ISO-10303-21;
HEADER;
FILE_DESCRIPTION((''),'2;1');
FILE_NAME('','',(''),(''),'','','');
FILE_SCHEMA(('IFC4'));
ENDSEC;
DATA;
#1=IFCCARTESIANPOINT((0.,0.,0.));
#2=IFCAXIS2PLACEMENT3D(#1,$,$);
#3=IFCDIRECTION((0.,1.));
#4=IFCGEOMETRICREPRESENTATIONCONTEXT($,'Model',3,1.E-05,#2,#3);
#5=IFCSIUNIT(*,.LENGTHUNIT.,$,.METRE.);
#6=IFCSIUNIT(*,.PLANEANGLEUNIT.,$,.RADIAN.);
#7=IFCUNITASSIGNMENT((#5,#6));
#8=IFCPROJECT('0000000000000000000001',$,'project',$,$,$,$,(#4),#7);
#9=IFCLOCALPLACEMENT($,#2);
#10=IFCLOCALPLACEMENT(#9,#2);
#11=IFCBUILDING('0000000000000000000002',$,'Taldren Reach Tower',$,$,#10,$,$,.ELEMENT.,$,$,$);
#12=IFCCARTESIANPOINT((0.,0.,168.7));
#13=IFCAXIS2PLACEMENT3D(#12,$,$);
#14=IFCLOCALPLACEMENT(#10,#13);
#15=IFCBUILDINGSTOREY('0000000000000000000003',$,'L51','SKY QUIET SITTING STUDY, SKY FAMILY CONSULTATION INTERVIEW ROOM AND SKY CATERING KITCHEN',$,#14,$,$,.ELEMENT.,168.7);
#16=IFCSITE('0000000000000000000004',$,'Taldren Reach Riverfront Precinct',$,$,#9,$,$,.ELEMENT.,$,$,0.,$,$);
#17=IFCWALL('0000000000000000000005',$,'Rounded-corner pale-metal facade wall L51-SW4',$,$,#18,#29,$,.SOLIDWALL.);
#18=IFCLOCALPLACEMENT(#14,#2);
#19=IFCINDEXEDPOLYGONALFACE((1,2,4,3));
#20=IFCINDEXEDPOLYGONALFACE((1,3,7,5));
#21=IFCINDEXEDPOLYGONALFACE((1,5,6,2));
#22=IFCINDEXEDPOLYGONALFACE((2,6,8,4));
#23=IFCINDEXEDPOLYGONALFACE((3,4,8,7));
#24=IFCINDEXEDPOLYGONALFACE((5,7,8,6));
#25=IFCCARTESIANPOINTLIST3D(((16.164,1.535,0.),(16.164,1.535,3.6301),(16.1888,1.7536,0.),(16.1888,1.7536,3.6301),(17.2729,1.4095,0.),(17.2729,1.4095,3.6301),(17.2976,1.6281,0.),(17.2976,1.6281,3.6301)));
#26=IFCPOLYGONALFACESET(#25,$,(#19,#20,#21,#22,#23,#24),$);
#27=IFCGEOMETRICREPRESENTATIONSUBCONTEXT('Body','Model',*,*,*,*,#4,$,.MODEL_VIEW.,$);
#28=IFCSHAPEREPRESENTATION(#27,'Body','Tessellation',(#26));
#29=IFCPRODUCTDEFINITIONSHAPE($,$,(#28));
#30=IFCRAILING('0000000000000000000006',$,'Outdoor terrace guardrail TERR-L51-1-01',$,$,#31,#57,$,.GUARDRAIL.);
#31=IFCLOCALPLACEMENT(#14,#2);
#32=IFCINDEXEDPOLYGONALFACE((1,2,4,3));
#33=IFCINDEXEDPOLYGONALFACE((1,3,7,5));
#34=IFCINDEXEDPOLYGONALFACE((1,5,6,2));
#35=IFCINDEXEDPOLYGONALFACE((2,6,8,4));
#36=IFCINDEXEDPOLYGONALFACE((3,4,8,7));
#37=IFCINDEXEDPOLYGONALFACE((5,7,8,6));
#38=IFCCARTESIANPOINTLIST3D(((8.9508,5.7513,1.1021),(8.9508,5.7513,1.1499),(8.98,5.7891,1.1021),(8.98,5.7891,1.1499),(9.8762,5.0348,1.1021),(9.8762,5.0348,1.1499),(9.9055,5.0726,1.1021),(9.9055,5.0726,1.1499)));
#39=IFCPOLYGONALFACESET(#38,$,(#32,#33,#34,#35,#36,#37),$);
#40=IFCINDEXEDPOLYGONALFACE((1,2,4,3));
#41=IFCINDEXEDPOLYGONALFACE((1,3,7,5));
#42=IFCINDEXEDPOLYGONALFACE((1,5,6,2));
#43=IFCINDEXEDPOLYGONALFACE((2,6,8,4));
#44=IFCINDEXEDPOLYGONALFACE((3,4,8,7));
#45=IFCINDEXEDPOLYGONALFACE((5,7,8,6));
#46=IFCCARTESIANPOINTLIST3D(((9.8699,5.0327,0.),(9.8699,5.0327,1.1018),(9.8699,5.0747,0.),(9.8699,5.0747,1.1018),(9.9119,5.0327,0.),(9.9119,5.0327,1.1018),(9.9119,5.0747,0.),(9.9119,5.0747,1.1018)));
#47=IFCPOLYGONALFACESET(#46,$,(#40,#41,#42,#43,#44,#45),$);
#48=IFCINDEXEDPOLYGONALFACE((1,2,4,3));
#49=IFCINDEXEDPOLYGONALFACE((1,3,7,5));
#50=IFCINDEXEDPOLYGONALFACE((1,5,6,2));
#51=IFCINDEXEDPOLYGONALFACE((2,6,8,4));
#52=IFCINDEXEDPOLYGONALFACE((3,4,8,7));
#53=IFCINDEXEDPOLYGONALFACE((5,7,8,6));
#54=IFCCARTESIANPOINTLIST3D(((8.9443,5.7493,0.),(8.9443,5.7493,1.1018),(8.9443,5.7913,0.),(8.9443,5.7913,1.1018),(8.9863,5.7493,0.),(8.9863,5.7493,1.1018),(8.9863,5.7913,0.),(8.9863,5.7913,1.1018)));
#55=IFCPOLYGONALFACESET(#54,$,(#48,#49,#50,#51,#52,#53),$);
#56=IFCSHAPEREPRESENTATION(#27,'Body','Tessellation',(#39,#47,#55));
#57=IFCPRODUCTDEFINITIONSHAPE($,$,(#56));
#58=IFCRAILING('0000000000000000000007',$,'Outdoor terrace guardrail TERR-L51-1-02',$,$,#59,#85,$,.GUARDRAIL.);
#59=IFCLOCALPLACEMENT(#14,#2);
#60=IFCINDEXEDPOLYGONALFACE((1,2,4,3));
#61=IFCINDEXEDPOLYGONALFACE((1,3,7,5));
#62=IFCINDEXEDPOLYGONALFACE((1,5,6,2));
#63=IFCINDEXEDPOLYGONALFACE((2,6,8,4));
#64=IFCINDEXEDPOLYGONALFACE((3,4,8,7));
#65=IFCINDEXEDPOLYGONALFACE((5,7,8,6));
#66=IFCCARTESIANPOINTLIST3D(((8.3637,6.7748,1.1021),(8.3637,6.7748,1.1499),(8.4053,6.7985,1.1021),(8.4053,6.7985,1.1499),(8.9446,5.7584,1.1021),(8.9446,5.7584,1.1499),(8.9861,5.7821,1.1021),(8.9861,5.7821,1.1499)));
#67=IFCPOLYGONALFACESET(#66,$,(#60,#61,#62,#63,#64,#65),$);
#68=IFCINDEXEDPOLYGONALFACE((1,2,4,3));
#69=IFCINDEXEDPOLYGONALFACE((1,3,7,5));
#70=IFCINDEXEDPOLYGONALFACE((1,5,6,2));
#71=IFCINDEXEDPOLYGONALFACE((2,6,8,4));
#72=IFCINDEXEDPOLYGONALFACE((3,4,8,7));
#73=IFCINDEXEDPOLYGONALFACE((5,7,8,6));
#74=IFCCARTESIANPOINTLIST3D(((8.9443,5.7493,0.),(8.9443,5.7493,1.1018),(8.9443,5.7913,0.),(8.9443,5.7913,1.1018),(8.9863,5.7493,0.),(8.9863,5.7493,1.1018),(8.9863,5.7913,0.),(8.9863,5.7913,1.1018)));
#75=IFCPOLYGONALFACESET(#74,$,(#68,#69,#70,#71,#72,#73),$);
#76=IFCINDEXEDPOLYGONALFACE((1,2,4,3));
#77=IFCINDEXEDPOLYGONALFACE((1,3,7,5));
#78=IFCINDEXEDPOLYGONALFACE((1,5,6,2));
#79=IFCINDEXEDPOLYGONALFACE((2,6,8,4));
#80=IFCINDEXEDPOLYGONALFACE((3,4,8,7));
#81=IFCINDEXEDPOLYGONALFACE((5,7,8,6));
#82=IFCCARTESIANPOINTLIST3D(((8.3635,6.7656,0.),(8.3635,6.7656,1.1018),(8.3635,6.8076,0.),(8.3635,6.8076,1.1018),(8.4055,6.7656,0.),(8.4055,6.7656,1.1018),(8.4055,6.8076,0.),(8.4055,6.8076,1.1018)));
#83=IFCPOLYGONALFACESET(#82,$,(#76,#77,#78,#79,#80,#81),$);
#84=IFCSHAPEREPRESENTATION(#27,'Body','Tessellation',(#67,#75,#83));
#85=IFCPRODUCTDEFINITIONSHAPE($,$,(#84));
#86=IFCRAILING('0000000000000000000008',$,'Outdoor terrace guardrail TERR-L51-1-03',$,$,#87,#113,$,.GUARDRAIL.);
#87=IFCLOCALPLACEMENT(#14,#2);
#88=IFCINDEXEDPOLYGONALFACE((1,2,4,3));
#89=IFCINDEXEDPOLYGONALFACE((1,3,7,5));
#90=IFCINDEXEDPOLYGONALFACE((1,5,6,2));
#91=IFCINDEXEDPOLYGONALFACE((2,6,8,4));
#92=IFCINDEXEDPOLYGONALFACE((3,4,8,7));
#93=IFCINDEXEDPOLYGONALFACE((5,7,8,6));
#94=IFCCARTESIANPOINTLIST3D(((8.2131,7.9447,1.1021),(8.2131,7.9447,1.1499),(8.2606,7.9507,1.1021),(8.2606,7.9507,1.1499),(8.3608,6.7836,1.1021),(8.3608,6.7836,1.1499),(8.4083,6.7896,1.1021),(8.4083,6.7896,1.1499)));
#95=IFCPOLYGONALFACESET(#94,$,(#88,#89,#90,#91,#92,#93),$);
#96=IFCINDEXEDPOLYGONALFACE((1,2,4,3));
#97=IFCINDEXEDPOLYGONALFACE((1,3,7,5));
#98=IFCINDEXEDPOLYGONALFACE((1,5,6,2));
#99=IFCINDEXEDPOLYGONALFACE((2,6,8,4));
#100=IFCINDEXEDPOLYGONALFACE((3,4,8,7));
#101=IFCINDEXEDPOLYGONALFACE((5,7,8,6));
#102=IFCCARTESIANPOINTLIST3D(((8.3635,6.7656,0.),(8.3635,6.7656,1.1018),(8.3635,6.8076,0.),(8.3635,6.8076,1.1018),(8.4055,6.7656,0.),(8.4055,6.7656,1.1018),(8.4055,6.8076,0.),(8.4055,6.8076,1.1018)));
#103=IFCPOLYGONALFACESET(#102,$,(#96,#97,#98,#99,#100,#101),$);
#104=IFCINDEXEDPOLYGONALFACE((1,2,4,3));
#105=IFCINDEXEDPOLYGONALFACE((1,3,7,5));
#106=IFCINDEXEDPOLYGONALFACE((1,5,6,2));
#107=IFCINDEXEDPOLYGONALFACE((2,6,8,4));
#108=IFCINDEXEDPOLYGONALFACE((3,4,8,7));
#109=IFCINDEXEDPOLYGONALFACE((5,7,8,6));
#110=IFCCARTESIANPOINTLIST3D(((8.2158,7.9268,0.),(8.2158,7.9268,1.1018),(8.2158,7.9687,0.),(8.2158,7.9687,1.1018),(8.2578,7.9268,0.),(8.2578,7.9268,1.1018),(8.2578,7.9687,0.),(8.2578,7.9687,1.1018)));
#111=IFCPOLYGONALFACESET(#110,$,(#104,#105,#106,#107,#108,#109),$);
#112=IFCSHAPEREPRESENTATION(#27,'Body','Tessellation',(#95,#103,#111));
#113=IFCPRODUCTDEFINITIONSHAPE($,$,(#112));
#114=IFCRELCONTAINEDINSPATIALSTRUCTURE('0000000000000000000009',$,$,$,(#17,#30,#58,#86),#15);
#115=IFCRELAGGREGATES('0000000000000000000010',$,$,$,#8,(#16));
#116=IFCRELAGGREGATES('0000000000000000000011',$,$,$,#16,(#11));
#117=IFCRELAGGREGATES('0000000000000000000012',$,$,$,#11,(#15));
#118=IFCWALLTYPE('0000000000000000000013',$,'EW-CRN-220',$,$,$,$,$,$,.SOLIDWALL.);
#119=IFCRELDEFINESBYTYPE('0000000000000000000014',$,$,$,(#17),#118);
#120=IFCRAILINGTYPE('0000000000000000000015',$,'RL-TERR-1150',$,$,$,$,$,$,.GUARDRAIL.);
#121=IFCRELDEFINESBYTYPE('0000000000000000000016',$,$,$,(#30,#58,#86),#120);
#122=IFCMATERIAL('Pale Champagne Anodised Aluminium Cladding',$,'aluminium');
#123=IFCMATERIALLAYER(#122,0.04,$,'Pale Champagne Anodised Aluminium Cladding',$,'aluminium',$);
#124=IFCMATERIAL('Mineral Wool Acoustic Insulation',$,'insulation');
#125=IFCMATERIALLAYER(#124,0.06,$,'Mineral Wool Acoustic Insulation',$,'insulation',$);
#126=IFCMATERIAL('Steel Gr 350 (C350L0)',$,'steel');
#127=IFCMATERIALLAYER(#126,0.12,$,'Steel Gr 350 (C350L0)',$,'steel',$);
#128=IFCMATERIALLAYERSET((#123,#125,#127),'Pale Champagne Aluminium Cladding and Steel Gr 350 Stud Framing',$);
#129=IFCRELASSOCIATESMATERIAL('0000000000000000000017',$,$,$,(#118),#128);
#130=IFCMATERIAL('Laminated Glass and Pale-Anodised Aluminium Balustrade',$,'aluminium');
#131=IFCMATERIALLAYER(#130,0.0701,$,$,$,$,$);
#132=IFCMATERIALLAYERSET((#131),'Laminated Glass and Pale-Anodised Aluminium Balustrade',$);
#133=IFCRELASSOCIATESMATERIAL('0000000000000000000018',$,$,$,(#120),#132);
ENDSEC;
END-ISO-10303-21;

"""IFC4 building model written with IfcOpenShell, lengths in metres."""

from ifc_helpers import new_model, si_unit, direction, frame, frame_2d, origin, origin_2d, place, context, subcontext, project, spatial, rectangle, extrude, source, transform, mapped, material, layer, layer_set, type_object, element, save


model = new_model("IFC4")

# Units and contexts
model_context = context("Model", 3, precision=1e-05, world=origin(), true_north=direction((0.0, 1.0)))
body_context = subcontext(model_context, "Body", "Model", "MODEL_VIEW")
ifc_project = project(units=[si_unit("LENGTHUNIT", "METRE"), si_unit("PLANEANGLEUNIT", "RADIAN")], contexts=[model_context])

# Site, building, storey
site_placement = place(None, origin())
site = spatial("IfcSite", under=ifc_project, at=site_placement, Name="Taldren Reach Riverfront Precinct", CompositionType="ELEMENT", RefElevation=0.0)
building_placement = place(site_placement, origin())
building = spatial("IfcBuilding", under=site, at=building_placement, Name="Taldren Reach Tower", CompositionType="ELEMENT")
storey_placement = place(building_placement, frame((0.0, 0.0, 168.7)))
storey = spatial("IfcBuildingStorey", under=building, at=storey_placement, Name="L51", Description="SKY QUIET SITTING STUDY, SKY FAMILY CONSULTATION INTERVIEW ROOM AND SKY CATERING KITCHEN", CompositionType="ELEMENT", Elevation=168.7)

# Shared definitions
ifc_material_1 = material(Name="Steel Gr 350 (C350L0)", Category="steel")

# Wall
ifc_material_2 = material(Name="Pale Champagne Anodised Aluminium Cladding", Category="aluminium")
ifc_layer_1 = layer(ifc_material_2, 0.04, Name="Pale Champagne Anodised Aluminium Cladding", Category="aluminium")
ifc_material_3 = material(Name="Mineral Wool Acoustic Insulation", Category="insulation")
ifc_layer_2 = layer(ifc_material_3, 0.06, Name="Mineral Wool Acoustic Insulation", Category="insulation")
ifc_layer_3 = layer(ifc_material_1, 0.12, Name="Steel Gr 350 (C350L0)", Category="steel")
ifc_layer_set_1 = layer_set([ifc_layer_1, ifc_layer_2, ifc_layer_3], Name="Pale Champagne Aluminium Cladding and Steel Gr 350 Stud Framing")
wall_type = type_object("IfcWallType", Name="EW-CRN-220", PredefinedType="SOLIDWALL", material=ifc_layer_set_1)
shared_shape_1 = source(origin(), body_context, "Body", "SweptSolid", [
    extrude(rectangle(XDim=1.116, YDim=0.22, at=frame_2d((0.5581, 0.0))), origin(), (0.0, 0.0, 1.0), 3.6301),
])
for number, where, z_axis, x_axis, name in (
    (1, (16.1763, 1.6443, 0.0), (0.0, 0.0, 1.0), (0.993658, -0.112448, 0.0), "Rounded-corner pale-metal facade wall L51-SW4"),
):
    element("IfcWall", number, at=place(storey_placement, frame(where, z_axis=z_axis, x_axis=x_axis)), inside=storey, type_object=wall_type, Name=name, PredefinedType="SOLIDWALL", context=body_context, shape_type="MappedRepresentation", body=[
        mapped(shared_shape_1, transform((0.0, 0.0, 0.0), scale=1.0)),
    ])

# Railings
ifc_material_4 = material(Name="Laminated Glass and Pale-Anodised Aluminium Balustrade", Category="aluminium")
ifc_layer_4 = layer(ifc_material_4, 0.0701)
ifc_layer_set_2 = layer_set([ifc_layer_4], Name="Laminated Glass and Pale-Anodised Aluminium Balustrade")
railing_type = type_object("IfcRailingType", Name="RL-TERR-1150", PredefinedType="GUARDRAIL", material=ifc_layer_set_2)
railing_1_placement = place(storey_placement, frame((9.8909, 5.0537, 0.0)))
element("IfcRailing", 2, at=railing_1_placement, inside=storey, type_object=railing_type, Name="Outdoor terrace guardrail TERR-L51-1-01", PredefinedType="GUARDRAIL", context=body_context, shape_type="SweptSolid", body=[
    extrude(rectangle(XDim=0.0479, YDim=0.0479, at=origin_2d()), frame((0.0, 0.0, 1.126), z_axis=(-0.79072, 0.612177, 0.0), x_axis=(-0.612177, -0.79072, 0.0)), (0.0, 0.0, 1.0), 1.1704),
    extrude(rectangle(XDim=0.042, YDim=0.042, at=origin_2d()), origin(), (0.0, 0.0, 1.0), 1.1018),
    extrude(rectangle(XDim=0.042, YDim=0.042, at=origin_2d()), frame((-0.9255, 0.7166, 0.0)), (0.0, 0.0, 1.0), 1.1018),
])
railing_2_placement = place(storey_placement, frame((8.9653, 5.7703, 0.0)))
element("IfcRailing", 3, at=railing_2_placement, inside=storey, type_object=railing_type, Name="Outdoor terrace guardrail TERR-L51-1-02", PredefinedType="GUARDRAIL", context=body_context, shape_type="SweptSolid", body=[
    extrude(rectangle(XDim=0.0479, YDim=0.0479, at=origin_2d()), frame((0.0, 0.0, 1.126), z_axis=(-0.496161, 0.86823, 0.0), x_axis=(-0.86823, -0.496161, 0.0)), (0.0, 0.0, 1.0), 1.1707),
    extrude(rectangle(XDim=0.042, YDim=0.042, at=origin_2d()), origin(), (0.0, 0.0, 1.0), 1.1018),
    extrude(rectangle(XDim=0.042, YDim=0.042, at=origin_2d()), frame((-0.5808, 1.0164, 0.0)), (0.0, 0.0, 1.0), 1.1018),
])
railing_3_placement = place(storey_placement, frame((8.3845, 6.7866, 0.0)))
element("IfcRailing", 4, at=railing_3_placement, inside=storey, type_object=railing_type, Name="Outdoor terrace guardrail TERR-L51-1-03", PredefinedType="GUARDRAIL", context=body_context, shape_type="SweptSolid", body=[
    extrude(rectangle(XDim=0.0479, YDim=0.0479, at=origin_2d()), frame((0.0, 0.0, 1.126), z_axis=(-0.126191, 0.992006, 0.0), x_axis=(-0.992006, -0.126191, 0.0)), (0.0, 0.0, 1.0), 1.1704),
    extrude(rectangle(XDim=0.042, YDim=0.042, at=origin_2d()), origin(), (0.0, 0.0, 1.0), 1.1018),
    extrude(rectangle(XDim=0.042, YDim=0.042, at=origin_2d()), frame((-0.1477, 1.1611, 0.0)), (0.0, 0.0, 1.0), 1.1018),
])

save(model, "model.ifc")
